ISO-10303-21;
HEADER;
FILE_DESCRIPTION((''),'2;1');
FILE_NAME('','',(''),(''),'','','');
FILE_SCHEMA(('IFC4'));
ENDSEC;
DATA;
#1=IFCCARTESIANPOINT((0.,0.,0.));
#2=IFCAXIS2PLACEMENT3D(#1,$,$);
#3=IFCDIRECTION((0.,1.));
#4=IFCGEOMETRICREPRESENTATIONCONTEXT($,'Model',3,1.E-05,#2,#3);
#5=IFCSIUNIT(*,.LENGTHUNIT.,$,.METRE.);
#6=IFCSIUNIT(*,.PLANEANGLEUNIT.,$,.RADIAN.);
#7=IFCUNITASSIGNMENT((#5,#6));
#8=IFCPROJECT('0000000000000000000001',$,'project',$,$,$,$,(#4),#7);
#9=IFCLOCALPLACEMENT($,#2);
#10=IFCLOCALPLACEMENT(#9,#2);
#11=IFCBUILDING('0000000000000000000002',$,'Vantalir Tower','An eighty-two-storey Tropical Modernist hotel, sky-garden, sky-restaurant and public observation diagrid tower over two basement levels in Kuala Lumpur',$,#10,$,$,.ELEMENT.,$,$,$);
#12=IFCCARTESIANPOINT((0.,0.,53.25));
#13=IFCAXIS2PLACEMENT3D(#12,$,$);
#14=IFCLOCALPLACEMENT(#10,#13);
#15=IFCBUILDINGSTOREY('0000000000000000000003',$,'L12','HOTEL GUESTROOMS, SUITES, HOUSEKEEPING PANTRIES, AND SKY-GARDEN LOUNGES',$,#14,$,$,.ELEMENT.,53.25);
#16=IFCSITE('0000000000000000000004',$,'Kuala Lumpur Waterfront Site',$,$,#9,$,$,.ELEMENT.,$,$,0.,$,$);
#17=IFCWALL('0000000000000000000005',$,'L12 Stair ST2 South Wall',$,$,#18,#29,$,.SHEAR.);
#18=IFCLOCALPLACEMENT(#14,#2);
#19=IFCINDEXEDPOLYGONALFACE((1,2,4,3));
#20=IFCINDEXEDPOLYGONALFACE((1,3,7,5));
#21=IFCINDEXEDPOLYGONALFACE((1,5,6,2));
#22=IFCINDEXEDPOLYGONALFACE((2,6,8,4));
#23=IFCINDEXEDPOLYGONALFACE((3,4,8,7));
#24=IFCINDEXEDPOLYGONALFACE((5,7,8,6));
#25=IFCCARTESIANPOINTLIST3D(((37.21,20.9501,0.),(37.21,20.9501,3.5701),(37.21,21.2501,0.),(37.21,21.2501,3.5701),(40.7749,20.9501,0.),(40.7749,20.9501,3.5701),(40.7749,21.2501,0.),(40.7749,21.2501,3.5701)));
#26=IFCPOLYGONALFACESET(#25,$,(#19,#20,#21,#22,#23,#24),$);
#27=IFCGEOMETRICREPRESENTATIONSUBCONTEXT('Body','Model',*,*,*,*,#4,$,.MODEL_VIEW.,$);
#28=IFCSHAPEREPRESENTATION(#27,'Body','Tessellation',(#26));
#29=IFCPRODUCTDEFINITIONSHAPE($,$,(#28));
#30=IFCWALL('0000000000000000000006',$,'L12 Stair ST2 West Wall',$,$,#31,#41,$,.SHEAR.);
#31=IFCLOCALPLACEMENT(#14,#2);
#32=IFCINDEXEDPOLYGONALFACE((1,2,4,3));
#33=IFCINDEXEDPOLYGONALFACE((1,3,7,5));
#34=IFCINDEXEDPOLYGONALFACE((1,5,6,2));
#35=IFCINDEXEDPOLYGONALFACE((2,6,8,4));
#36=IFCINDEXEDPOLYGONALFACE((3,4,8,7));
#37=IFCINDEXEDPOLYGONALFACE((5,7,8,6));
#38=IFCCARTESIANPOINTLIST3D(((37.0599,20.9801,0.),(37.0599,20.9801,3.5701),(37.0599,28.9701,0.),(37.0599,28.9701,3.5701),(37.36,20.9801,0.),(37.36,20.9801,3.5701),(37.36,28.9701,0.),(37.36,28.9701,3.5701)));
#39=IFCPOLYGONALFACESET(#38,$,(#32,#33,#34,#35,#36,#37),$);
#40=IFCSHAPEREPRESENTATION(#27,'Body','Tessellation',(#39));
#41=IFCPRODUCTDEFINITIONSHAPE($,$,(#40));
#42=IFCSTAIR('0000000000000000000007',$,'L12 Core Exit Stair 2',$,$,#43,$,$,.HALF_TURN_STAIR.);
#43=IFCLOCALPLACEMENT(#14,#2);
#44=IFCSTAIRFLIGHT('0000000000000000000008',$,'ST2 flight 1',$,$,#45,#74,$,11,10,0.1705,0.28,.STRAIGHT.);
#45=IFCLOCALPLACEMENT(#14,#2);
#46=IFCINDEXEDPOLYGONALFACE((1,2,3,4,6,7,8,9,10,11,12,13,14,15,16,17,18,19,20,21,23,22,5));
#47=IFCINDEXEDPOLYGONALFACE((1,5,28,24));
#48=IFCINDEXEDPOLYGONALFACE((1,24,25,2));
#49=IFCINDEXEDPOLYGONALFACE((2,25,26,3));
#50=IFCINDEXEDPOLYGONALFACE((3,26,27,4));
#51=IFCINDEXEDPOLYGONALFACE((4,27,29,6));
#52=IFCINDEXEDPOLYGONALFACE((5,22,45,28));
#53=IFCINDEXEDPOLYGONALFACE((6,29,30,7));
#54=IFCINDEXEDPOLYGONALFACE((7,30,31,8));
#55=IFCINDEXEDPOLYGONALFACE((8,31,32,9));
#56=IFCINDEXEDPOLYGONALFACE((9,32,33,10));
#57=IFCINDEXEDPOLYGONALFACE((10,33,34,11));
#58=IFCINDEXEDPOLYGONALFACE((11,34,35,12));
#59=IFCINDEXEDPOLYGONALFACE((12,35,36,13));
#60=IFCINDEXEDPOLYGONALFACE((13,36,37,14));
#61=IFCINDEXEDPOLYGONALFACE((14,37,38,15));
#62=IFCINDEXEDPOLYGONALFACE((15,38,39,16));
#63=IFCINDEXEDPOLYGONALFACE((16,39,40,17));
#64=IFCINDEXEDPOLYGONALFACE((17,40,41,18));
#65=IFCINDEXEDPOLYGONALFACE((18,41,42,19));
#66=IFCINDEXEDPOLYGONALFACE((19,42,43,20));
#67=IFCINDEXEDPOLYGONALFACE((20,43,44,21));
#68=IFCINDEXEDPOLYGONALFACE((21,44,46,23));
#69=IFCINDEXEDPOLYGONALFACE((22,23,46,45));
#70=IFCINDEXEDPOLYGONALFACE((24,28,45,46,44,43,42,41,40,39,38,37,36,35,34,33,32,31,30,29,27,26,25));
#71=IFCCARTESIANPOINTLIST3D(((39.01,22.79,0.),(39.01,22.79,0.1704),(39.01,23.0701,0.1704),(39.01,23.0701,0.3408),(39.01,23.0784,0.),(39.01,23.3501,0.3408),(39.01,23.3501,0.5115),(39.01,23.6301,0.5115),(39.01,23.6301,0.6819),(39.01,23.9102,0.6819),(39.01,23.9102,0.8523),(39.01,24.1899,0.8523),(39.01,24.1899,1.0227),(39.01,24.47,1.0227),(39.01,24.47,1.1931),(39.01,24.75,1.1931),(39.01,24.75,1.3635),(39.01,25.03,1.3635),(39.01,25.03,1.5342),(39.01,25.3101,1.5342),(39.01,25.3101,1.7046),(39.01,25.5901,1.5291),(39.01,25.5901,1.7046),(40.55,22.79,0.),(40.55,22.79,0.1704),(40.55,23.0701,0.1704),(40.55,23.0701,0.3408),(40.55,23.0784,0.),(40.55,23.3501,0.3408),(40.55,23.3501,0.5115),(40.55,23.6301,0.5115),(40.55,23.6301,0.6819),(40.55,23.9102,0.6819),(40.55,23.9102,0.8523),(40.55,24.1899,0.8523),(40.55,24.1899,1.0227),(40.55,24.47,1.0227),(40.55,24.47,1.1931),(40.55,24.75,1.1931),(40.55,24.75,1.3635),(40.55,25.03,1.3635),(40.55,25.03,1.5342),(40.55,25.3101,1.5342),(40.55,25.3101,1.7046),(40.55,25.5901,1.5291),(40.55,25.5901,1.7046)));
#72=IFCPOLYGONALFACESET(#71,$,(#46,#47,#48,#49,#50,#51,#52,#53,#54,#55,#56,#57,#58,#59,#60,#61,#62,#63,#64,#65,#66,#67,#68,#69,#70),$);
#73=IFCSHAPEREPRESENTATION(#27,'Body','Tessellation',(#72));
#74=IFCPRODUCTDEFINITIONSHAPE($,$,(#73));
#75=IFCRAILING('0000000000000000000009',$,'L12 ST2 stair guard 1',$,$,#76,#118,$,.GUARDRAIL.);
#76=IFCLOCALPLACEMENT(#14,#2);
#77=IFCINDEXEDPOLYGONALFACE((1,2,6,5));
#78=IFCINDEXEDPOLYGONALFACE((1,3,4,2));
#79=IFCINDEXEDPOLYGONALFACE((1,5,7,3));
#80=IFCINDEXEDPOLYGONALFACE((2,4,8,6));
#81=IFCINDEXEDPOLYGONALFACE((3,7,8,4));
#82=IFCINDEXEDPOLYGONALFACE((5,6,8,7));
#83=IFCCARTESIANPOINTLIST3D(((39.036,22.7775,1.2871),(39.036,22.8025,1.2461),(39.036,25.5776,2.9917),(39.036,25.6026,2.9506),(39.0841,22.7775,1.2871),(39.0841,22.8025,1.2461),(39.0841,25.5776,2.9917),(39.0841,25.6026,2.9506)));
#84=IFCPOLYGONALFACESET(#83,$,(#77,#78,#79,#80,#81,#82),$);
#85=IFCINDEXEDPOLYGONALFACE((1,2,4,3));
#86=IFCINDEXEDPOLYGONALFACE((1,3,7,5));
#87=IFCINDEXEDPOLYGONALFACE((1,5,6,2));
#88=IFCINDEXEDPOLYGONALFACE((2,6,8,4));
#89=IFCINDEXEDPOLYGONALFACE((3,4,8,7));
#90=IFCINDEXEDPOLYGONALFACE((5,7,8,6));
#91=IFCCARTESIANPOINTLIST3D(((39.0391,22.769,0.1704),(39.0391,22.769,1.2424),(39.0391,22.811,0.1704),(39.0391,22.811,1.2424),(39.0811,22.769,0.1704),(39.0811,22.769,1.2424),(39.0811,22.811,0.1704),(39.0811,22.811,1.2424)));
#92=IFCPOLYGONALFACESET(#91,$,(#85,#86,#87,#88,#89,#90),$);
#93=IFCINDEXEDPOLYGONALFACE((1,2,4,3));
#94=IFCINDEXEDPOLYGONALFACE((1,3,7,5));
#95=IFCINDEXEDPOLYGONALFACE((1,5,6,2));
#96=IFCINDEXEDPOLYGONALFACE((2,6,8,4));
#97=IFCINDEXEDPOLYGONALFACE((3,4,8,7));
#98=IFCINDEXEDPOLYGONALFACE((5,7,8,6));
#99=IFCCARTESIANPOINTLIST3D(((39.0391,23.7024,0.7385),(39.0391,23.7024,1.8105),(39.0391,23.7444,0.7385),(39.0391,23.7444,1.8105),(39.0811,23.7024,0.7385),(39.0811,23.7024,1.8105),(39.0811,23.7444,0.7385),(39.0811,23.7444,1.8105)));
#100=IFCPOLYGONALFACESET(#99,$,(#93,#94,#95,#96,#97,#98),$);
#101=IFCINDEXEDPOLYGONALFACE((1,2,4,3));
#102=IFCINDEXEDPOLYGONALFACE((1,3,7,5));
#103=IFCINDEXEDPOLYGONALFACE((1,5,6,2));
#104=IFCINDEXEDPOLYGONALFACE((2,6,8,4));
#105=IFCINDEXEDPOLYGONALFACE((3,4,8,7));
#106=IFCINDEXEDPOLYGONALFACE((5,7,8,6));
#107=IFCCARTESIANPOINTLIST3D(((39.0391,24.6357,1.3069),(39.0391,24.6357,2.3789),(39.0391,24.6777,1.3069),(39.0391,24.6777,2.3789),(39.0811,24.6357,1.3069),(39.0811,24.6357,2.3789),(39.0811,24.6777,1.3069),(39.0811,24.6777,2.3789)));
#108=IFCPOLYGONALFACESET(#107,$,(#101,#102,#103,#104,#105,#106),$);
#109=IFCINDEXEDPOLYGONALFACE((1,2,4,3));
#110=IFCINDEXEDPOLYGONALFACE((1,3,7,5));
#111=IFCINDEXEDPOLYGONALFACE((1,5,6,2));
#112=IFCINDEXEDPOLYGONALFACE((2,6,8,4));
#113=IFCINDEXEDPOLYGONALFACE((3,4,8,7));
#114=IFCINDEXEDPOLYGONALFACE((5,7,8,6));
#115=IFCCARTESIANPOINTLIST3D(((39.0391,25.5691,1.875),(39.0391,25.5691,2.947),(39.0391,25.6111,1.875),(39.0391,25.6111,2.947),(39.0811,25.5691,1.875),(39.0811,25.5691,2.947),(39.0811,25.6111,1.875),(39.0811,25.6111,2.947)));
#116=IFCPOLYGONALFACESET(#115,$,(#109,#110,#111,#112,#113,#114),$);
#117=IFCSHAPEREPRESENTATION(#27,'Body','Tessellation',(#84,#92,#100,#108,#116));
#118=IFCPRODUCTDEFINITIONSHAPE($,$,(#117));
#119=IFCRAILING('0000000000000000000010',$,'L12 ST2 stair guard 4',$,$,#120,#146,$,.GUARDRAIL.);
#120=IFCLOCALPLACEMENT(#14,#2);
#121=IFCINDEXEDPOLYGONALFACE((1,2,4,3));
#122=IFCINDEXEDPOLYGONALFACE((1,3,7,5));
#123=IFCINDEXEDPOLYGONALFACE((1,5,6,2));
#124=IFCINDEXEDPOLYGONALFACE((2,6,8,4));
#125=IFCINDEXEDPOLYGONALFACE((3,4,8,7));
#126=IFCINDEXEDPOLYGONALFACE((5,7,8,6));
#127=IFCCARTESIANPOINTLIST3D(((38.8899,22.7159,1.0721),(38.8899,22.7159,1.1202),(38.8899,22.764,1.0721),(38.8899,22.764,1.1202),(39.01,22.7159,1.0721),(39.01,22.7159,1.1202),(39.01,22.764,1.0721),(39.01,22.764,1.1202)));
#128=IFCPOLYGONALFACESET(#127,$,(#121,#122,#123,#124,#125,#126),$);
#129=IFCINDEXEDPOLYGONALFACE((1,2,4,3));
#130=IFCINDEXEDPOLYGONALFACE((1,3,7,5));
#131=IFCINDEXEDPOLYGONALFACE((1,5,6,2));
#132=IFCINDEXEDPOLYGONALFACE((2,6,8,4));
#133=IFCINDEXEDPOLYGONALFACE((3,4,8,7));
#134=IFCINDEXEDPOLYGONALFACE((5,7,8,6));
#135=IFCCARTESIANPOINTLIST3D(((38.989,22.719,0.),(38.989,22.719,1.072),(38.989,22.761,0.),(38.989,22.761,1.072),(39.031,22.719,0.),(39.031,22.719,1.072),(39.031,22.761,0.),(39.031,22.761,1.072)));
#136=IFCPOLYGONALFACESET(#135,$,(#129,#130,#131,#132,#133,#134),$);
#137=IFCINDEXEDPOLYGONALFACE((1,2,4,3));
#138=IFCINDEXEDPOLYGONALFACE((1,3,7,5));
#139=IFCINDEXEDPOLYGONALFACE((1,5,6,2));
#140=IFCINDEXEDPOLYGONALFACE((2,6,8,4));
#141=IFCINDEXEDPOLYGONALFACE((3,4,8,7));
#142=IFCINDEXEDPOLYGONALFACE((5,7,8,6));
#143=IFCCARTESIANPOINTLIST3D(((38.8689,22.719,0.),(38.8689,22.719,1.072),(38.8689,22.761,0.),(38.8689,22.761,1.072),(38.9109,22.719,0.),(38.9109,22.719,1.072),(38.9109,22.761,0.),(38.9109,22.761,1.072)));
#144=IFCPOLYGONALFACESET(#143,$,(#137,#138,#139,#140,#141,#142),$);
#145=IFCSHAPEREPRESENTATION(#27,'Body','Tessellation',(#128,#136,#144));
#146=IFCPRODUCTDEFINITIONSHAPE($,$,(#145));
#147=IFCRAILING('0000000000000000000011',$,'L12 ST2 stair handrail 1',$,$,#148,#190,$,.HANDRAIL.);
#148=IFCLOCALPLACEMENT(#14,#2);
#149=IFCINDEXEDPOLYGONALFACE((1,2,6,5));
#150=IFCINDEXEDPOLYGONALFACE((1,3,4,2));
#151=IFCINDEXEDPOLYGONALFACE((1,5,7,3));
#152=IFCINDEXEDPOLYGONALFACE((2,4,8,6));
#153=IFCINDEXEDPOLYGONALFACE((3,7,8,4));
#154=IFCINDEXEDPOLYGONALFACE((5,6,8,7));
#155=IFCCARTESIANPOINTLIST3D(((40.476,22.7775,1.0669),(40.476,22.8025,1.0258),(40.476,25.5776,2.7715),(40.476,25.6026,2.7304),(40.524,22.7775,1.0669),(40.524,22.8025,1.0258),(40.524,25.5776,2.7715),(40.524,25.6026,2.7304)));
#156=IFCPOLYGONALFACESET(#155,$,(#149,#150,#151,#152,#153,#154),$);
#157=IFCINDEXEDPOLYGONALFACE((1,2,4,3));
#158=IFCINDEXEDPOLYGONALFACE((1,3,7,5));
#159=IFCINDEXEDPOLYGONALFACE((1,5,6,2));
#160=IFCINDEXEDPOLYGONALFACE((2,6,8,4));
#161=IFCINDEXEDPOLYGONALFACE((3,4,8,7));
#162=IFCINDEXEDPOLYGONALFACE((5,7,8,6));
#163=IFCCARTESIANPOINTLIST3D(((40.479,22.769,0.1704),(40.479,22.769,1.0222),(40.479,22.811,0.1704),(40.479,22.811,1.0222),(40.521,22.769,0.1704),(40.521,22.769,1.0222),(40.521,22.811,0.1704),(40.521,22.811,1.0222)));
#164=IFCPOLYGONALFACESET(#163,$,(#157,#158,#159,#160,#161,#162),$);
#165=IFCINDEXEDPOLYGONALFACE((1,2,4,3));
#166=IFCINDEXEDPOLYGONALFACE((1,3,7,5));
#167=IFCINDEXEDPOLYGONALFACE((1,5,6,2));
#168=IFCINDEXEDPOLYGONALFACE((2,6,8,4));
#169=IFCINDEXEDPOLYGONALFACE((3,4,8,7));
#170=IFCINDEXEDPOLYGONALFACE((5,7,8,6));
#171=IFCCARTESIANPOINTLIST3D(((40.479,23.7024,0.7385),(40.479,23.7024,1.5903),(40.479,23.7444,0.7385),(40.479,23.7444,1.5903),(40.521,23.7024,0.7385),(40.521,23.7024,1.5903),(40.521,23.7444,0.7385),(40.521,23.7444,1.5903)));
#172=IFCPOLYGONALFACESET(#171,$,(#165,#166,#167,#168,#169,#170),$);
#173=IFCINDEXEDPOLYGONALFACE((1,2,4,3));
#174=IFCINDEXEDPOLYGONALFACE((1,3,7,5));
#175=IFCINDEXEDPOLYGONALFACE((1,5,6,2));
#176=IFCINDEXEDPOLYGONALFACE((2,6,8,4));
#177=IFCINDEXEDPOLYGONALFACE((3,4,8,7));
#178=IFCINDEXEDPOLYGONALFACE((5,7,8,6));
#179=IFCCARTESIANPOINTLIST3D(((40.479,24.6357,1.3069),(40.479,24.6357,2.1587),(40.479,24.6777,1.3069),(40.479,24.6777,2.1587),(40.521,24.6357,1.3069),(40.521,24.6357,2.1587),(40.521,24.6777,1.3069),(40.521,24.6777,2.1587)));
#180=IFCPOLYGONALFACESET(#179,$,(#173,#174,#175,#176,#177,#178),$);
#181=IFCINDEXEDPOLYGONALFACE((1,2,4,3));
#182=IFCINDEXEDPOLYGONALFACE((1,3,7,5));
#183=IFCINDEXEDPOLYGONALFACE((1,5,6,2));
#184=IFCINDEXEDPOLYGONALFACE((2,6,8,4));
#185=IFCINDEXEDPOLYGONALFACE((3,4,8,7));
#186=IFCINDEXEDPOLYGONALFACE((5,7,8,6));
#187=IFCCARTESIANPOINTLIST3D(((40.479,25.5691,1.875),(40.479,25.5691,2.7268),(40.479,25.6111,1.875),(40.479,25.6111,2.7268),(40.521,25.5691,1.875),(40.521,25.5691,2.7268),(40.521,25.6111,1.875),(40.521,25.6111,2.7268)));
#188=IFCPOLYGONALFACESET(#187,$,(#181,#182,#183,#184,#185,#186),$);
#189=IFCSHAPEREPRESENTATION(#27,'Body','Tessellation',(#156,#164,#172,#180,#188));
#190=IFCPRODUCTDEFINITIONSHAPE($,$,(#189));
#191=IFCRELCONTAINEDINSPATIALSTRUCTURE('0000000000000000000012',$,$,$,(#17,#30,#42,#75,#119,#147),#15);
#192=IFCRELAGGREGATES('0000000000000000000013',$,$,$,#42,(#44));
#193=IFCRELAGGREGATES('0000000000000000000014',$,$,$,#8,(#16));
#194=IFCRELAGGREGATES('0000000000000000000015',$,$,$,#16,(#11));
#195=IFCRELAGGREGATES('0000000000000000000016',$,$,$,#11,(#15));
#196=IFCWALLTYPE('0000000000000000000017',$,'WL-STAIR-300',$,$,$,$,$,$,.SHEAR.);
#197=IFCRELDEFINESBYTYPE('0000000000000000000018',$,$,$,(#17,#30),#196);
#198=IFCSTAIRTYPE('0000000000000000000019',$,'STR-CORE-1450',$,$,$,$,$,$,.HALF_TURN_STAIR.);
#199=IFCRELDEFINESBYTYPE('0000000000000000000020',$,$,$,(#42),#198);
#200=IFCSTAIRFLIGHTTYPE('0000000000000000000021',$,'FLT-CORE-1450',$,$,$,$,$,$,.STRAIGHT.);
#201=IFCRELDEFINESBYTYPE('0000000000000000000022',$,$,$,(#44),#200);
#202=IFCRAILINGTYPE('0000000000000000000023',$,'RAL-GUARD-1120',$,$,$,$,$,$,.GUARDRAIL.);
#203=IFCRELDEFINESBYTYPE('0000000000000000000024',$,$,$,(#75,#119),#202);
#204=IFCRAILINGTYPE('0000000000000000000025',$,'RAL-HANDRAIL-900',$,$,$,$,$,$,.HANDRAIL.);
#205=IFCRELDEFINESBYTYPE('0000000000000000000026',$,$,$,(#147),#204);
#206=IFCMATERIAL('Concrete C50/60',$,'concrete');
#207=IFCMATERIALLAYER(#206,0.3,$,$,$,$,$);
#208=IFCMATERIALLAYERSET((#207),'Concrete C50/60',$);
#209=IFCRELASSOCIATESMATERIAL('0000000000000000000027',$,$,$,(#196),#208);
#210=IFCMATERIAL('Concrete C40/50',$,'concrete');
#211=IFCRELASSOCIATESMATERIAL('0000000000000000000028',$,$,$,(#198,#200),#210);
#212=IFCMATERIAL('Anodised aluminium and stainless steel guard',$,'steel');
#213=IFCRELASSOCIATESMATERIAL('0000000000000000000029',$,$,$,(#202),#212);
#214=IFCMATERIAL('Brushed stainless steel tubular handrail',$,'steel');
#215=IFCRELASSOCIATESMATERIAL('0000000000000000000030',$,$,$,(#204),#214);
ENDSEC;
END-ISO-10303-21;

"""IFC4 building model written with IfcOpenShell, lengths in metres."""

from ifc_helpers import new_model, si_unit, direction, frame, frame_2d, origin, origin_2d, place, context, subcontext, project, spatial, polyline, rectangle, outline, extrude, material, layer, layer_set, type_object, element, aggregate, save


model = new_model("IFC4")

# Units and contexts
model_context = context("Model", 3, precision=1e-05, world=origin(), true_north=direction((0.0, 1.0)))
body_context = subcontext(model_context, "Body", "Model", "MODEL_VIEW")
ifc_project = project(units=[si_unit("LENGTHUNIT", "METRE"), si_unit("PLANEANGLEUNIT", "RADIAN")], contexts=[model_context])

# Site, building, storey
site_placement = place(None, origin())
site = spatial("IfcSite", under=ifc_project, at=site_placement, Name="Kuala Lumpur Waterfront Site", CompositionType="ELEMENT", RefElevation=0.0)
building_placement = place(site_placement, origin())
building = spatial("IfcBuilding", under=site, at=building_placement, Name="Vantalir Tower", Description="An eighty-two-storey Tropical Modernist hotel, sky-garden, sky-restaurant and public observation diagrid tower over two basement levels in Kuala Lumpur", CompositionType="ELEMENT")
storey_placement = place(building_placement, frame((0.0, 0.0, 53.25)))
storey = spatial("IfcBuildingStorey", under=building, at=storey_placement, Name="L12", Description="HOTEL GUESTROOMS, SUITES, HOUSEKEEPING PANTRIES, AND SKY-GARDEN LOUNGES", CompositionType="ELEMENT", Elevation=53.25)

# Walls
ifc_material_1 = material(Name="Concrete C50/60", Category="concrete")
ifc_layer_1 = layer(ifc_material_1, 0.3)
ifc_layer_set_1 = layer_set([ifc_layer_1], Name="Concrete C50/60")
wall_type_1 = type_object("IfcWallType", Name="WL-STAIR-300", PredefinedType="SHEAR", material=ifc_layer_set_1)
wall_1_placement = place(storey_placement, frame((37.21, 21.1001, 0.0), z_axis=(0.0, 0.0, 1.0), x_axis=(1.0, 0.0, 0.0)))
element("IfcWall", 1, at=wall_1_placement, inside=storey, type_object=wall_type_1, Name="L12 Stair ST2 South Wall", PredefinedType="SHEAR", context=body_context, shape_type="SweptSolid", body=[
    extrude(rectangle(XDim=3.5649, YDim=0.3, at=frame_2d((1.7825, 0.0))), origin(), (0.0, 0.0, 1.0), 3.5701),
])
wall_2_placement = place(storey_placement, frame((37.21, 20.98, 0.0), z_axis=(0.0, 0.0, 1.0), x_axis=(0.0, 1.0, 0.0)))
element("IfcWall", 2, at=wall_2_placement, inside=storey, type_object=wall_type_1, Name="L12 Stair ST2 West Wall", PredefinedType="SHEAR", context=body_context, shape_type="SweptSolid", body=[
    extrude(rectangle(XDim=7.99, YDim=0.3, at=frame_2d((3.9951, 0.0))), origin(), (0.0, 0.0, 1.0), 3.5701),
])

# Stair, stair flight
ifc_material_2 = material(Name="Concrete C40/50", Category="concrete")
stair_type = type_object("IfcStairType", Name="STR-CORE-1450", PredefinedType="HALF_TURN_STAIR", material=ifc_material_2)
stair_placement = place(storey_placement, origin())
stair = element("IfcStair", 3, at=stair_placement, inside=storey, type_object=stair_type, Name="L12 Core Exit Stair 2", PredefinedType="HALF_TURN_STAIR")
stair_flight_type = type_object("IfcStairFlightType", Name="FLT-CORE-1450", PredefinedType="STRAIGHT", material=ifc_material_2)
stair_flight_placement = place(storey_placement, frame((39.78, 22.79, 0.0), z_axis=(0.0, 0.0, 1.0), x_axis=(0.0, 1.0, 0.0)))
stair_flight = element("IfcStairFlight", 4, at=stair_flight_placement, type_object=stair_flight_type, Name="ST2 flight 1", NumberOfRisers=11, NumberOfTreads=10, PredefinedType="STRAIGHT", RiserHeight=0.1705, TreadLength=0.28, context=body_context, shape_type="SweptSolid", body=[
    extrude(outline(polyline([(0.0, 0.0), (0.0, 0.1704), (0.28, 0.1704), (0.28, 0.3408), (0.5601, 0.3408), (0.5601, 0.5115), (0.8401, 0.5115), (0.8401, 0.6819), (1.1201, 0.6819), (1.1201, 0.8523), (1.3999, 0.8523), (1.3999, 1.0227), (1.6799, 1.0227), (1.6799, 1.1931), (1.96, 1.1931), (1.96, 1.3635), (2.24, 1.3635), (2.24, 1.5342), (2.52, 1.5342), (2.52, 1.7046), (2.8, 1.7046), (2.8, 1.875), (2.8, 1.5291), (0.2883, 0.0), (0.0, 0.0)])), frame((0.0, 0.77, 0.0), z_axis=(0.0, -1.0, 0.0), x_axis=(1.0, 0.0, 0.0)), (0.0, 0.0, 1.0), 1.54),
])
aggregate(stair, [stair_flight])

# Railings
ifc_material_3 = material(Name="Anodised aluminium and stainless steel guard", Category="steel")
railing_type_1 = type_object("IfcRailingType", Name="RAL-GUARD-1120", PredefinedType="GUARDRAIL", material=ifc_material_3)
railing_1_placement = place(storey_placement, frame((39.0601, 22.79, 0.1704)))
element("IfcRailing", 5, at=railing_1_placement, inside=storey, type_object=railing_type_1, Name="L12 ST2 stair guard 1", PredefinedType="GUARDRAIL", context=body_context, shape_type="SweptSolid", body=[
    extrude(rectangle(XDim=0.0481, YDim=0.0481, at=origin_2d()), frame((0.0, 0.0, 1.0962), z_axis=(0.0, 0.85417, 0.519994), x_axis=(-1.0, 0.0, 0.0)), (0.0, 0.0, 1.0), 3.2781),
    extrude(rectangle(XDim=0.042, YDim=0.042, at=origin_2d()), origin(), (0.0, 0.0, 1.0), 1.072),
    extrude(rectangle(XDim=0.042, YDim=0.042, at=origin_2d()), frame((0.0, 0.9333, 0.5681)), (0.0, 0.0, 1.0), 1.072),
    extrude(rectangle(XDim=0.042, YDim=0.042, at=origin_2d()), frame((0.0, 1.8667, 1.1365)), (0.0, 0.0, 1.0), 1.072),
    extrude(rectangle(XDim=0.042, YDim=0.042, at=origin_2d()), frame((0.0, 2.8, 1.7046)), (0.0, 0.0, 1.0), 1.072),
])
railing_2_placement = place(storey_placement, frame((39.01, 22.74, 0.0)))
element("IfcRailing", 6, at=railing_2_placement, inside=storey, type_object=railing_type_1, Name="L12 ST2 stair guard 4", PredefinedType="GUARDRAIL", context=body_context, shape_type="SweptSolid", body=[
    extrude(rectangle(XDim=0.0481, YDim=0.0481, at=origin_2d()), frame((0.0, 0.0, 1.0962), z_axis=(-1.0, 0.0, 0.0), x_axis=(0.0, -1.0, 0.0)), (0.0, 0.0, 1.0), 0.1201),
    extrude(rectangle(XDim=0.042, YDim=0.042, at=origin_2d()), origin(), (0.0, 0.0, 1.0), 1.072),
    extrude(rectangle(XDim=0.042, YDim=0.042, at=origin_2d()), frame((-0.1201, 0.0, 0.0)), (0.0, 0.0, 1.0), 1.072),
])
ifc_material_4 = material(Name="Brushed stainless steel tubular handrail", Category="steel")
railing_type_2 = type_object("IfcRailingType", Name="RAL-HANDRAIL-900", PredefinedType="HANDRAIL", material=ifc_material_4)
railing_3_placement = place(storey_placement, frame((40.5, 22.79, 0.1704)))
element("IfcRailing", 7, at=railing_3_placement, inside=storey, type_object=railing_type_2, Name="L12 ST2 stair handrail 1", PredefinedType="HANDRAIL", context=body_context, shape_type="SweptSolid", body=[
    extrude(rectangle(XDim=0.0481, YDim=0.0481, at=origin_2d()), frame((0.0, 0.0, 0.876), z_axis=(0.0, 0.85417, 0.519994), x_axis=(-1.0, 0.0, 0.0)), (0.0, 0.0, 1.0), 3.2781),
    extrude(rectangle(XDim=0.042, YDim=0.042, at=origin_2d()), origin(), (0.0, 0.0, 1.0), 0.8518),
    extrude(rectangle(XDim=0.042, YDim=0.042, at=origin_2d()), frame((0.0, 0.9333, 0.5681)), (0.0, 0.0, 1.0), 0.8518),
    extrude(rectangle(XDim=0.042, YDim=0.042, at=origin_2d()), frame((0.0, 1.8667, 1.1365)), (0.0, 0.0, 1.0), 0.8518),
    extrude(rectangle(XDim=0.042, YDim=0.042, at=origin_2d()), frame((0.0, 2.8, 1.7046)), (0.0, 0.0, 1.0), 0.8518),
])

save(model, "model.ifc")
